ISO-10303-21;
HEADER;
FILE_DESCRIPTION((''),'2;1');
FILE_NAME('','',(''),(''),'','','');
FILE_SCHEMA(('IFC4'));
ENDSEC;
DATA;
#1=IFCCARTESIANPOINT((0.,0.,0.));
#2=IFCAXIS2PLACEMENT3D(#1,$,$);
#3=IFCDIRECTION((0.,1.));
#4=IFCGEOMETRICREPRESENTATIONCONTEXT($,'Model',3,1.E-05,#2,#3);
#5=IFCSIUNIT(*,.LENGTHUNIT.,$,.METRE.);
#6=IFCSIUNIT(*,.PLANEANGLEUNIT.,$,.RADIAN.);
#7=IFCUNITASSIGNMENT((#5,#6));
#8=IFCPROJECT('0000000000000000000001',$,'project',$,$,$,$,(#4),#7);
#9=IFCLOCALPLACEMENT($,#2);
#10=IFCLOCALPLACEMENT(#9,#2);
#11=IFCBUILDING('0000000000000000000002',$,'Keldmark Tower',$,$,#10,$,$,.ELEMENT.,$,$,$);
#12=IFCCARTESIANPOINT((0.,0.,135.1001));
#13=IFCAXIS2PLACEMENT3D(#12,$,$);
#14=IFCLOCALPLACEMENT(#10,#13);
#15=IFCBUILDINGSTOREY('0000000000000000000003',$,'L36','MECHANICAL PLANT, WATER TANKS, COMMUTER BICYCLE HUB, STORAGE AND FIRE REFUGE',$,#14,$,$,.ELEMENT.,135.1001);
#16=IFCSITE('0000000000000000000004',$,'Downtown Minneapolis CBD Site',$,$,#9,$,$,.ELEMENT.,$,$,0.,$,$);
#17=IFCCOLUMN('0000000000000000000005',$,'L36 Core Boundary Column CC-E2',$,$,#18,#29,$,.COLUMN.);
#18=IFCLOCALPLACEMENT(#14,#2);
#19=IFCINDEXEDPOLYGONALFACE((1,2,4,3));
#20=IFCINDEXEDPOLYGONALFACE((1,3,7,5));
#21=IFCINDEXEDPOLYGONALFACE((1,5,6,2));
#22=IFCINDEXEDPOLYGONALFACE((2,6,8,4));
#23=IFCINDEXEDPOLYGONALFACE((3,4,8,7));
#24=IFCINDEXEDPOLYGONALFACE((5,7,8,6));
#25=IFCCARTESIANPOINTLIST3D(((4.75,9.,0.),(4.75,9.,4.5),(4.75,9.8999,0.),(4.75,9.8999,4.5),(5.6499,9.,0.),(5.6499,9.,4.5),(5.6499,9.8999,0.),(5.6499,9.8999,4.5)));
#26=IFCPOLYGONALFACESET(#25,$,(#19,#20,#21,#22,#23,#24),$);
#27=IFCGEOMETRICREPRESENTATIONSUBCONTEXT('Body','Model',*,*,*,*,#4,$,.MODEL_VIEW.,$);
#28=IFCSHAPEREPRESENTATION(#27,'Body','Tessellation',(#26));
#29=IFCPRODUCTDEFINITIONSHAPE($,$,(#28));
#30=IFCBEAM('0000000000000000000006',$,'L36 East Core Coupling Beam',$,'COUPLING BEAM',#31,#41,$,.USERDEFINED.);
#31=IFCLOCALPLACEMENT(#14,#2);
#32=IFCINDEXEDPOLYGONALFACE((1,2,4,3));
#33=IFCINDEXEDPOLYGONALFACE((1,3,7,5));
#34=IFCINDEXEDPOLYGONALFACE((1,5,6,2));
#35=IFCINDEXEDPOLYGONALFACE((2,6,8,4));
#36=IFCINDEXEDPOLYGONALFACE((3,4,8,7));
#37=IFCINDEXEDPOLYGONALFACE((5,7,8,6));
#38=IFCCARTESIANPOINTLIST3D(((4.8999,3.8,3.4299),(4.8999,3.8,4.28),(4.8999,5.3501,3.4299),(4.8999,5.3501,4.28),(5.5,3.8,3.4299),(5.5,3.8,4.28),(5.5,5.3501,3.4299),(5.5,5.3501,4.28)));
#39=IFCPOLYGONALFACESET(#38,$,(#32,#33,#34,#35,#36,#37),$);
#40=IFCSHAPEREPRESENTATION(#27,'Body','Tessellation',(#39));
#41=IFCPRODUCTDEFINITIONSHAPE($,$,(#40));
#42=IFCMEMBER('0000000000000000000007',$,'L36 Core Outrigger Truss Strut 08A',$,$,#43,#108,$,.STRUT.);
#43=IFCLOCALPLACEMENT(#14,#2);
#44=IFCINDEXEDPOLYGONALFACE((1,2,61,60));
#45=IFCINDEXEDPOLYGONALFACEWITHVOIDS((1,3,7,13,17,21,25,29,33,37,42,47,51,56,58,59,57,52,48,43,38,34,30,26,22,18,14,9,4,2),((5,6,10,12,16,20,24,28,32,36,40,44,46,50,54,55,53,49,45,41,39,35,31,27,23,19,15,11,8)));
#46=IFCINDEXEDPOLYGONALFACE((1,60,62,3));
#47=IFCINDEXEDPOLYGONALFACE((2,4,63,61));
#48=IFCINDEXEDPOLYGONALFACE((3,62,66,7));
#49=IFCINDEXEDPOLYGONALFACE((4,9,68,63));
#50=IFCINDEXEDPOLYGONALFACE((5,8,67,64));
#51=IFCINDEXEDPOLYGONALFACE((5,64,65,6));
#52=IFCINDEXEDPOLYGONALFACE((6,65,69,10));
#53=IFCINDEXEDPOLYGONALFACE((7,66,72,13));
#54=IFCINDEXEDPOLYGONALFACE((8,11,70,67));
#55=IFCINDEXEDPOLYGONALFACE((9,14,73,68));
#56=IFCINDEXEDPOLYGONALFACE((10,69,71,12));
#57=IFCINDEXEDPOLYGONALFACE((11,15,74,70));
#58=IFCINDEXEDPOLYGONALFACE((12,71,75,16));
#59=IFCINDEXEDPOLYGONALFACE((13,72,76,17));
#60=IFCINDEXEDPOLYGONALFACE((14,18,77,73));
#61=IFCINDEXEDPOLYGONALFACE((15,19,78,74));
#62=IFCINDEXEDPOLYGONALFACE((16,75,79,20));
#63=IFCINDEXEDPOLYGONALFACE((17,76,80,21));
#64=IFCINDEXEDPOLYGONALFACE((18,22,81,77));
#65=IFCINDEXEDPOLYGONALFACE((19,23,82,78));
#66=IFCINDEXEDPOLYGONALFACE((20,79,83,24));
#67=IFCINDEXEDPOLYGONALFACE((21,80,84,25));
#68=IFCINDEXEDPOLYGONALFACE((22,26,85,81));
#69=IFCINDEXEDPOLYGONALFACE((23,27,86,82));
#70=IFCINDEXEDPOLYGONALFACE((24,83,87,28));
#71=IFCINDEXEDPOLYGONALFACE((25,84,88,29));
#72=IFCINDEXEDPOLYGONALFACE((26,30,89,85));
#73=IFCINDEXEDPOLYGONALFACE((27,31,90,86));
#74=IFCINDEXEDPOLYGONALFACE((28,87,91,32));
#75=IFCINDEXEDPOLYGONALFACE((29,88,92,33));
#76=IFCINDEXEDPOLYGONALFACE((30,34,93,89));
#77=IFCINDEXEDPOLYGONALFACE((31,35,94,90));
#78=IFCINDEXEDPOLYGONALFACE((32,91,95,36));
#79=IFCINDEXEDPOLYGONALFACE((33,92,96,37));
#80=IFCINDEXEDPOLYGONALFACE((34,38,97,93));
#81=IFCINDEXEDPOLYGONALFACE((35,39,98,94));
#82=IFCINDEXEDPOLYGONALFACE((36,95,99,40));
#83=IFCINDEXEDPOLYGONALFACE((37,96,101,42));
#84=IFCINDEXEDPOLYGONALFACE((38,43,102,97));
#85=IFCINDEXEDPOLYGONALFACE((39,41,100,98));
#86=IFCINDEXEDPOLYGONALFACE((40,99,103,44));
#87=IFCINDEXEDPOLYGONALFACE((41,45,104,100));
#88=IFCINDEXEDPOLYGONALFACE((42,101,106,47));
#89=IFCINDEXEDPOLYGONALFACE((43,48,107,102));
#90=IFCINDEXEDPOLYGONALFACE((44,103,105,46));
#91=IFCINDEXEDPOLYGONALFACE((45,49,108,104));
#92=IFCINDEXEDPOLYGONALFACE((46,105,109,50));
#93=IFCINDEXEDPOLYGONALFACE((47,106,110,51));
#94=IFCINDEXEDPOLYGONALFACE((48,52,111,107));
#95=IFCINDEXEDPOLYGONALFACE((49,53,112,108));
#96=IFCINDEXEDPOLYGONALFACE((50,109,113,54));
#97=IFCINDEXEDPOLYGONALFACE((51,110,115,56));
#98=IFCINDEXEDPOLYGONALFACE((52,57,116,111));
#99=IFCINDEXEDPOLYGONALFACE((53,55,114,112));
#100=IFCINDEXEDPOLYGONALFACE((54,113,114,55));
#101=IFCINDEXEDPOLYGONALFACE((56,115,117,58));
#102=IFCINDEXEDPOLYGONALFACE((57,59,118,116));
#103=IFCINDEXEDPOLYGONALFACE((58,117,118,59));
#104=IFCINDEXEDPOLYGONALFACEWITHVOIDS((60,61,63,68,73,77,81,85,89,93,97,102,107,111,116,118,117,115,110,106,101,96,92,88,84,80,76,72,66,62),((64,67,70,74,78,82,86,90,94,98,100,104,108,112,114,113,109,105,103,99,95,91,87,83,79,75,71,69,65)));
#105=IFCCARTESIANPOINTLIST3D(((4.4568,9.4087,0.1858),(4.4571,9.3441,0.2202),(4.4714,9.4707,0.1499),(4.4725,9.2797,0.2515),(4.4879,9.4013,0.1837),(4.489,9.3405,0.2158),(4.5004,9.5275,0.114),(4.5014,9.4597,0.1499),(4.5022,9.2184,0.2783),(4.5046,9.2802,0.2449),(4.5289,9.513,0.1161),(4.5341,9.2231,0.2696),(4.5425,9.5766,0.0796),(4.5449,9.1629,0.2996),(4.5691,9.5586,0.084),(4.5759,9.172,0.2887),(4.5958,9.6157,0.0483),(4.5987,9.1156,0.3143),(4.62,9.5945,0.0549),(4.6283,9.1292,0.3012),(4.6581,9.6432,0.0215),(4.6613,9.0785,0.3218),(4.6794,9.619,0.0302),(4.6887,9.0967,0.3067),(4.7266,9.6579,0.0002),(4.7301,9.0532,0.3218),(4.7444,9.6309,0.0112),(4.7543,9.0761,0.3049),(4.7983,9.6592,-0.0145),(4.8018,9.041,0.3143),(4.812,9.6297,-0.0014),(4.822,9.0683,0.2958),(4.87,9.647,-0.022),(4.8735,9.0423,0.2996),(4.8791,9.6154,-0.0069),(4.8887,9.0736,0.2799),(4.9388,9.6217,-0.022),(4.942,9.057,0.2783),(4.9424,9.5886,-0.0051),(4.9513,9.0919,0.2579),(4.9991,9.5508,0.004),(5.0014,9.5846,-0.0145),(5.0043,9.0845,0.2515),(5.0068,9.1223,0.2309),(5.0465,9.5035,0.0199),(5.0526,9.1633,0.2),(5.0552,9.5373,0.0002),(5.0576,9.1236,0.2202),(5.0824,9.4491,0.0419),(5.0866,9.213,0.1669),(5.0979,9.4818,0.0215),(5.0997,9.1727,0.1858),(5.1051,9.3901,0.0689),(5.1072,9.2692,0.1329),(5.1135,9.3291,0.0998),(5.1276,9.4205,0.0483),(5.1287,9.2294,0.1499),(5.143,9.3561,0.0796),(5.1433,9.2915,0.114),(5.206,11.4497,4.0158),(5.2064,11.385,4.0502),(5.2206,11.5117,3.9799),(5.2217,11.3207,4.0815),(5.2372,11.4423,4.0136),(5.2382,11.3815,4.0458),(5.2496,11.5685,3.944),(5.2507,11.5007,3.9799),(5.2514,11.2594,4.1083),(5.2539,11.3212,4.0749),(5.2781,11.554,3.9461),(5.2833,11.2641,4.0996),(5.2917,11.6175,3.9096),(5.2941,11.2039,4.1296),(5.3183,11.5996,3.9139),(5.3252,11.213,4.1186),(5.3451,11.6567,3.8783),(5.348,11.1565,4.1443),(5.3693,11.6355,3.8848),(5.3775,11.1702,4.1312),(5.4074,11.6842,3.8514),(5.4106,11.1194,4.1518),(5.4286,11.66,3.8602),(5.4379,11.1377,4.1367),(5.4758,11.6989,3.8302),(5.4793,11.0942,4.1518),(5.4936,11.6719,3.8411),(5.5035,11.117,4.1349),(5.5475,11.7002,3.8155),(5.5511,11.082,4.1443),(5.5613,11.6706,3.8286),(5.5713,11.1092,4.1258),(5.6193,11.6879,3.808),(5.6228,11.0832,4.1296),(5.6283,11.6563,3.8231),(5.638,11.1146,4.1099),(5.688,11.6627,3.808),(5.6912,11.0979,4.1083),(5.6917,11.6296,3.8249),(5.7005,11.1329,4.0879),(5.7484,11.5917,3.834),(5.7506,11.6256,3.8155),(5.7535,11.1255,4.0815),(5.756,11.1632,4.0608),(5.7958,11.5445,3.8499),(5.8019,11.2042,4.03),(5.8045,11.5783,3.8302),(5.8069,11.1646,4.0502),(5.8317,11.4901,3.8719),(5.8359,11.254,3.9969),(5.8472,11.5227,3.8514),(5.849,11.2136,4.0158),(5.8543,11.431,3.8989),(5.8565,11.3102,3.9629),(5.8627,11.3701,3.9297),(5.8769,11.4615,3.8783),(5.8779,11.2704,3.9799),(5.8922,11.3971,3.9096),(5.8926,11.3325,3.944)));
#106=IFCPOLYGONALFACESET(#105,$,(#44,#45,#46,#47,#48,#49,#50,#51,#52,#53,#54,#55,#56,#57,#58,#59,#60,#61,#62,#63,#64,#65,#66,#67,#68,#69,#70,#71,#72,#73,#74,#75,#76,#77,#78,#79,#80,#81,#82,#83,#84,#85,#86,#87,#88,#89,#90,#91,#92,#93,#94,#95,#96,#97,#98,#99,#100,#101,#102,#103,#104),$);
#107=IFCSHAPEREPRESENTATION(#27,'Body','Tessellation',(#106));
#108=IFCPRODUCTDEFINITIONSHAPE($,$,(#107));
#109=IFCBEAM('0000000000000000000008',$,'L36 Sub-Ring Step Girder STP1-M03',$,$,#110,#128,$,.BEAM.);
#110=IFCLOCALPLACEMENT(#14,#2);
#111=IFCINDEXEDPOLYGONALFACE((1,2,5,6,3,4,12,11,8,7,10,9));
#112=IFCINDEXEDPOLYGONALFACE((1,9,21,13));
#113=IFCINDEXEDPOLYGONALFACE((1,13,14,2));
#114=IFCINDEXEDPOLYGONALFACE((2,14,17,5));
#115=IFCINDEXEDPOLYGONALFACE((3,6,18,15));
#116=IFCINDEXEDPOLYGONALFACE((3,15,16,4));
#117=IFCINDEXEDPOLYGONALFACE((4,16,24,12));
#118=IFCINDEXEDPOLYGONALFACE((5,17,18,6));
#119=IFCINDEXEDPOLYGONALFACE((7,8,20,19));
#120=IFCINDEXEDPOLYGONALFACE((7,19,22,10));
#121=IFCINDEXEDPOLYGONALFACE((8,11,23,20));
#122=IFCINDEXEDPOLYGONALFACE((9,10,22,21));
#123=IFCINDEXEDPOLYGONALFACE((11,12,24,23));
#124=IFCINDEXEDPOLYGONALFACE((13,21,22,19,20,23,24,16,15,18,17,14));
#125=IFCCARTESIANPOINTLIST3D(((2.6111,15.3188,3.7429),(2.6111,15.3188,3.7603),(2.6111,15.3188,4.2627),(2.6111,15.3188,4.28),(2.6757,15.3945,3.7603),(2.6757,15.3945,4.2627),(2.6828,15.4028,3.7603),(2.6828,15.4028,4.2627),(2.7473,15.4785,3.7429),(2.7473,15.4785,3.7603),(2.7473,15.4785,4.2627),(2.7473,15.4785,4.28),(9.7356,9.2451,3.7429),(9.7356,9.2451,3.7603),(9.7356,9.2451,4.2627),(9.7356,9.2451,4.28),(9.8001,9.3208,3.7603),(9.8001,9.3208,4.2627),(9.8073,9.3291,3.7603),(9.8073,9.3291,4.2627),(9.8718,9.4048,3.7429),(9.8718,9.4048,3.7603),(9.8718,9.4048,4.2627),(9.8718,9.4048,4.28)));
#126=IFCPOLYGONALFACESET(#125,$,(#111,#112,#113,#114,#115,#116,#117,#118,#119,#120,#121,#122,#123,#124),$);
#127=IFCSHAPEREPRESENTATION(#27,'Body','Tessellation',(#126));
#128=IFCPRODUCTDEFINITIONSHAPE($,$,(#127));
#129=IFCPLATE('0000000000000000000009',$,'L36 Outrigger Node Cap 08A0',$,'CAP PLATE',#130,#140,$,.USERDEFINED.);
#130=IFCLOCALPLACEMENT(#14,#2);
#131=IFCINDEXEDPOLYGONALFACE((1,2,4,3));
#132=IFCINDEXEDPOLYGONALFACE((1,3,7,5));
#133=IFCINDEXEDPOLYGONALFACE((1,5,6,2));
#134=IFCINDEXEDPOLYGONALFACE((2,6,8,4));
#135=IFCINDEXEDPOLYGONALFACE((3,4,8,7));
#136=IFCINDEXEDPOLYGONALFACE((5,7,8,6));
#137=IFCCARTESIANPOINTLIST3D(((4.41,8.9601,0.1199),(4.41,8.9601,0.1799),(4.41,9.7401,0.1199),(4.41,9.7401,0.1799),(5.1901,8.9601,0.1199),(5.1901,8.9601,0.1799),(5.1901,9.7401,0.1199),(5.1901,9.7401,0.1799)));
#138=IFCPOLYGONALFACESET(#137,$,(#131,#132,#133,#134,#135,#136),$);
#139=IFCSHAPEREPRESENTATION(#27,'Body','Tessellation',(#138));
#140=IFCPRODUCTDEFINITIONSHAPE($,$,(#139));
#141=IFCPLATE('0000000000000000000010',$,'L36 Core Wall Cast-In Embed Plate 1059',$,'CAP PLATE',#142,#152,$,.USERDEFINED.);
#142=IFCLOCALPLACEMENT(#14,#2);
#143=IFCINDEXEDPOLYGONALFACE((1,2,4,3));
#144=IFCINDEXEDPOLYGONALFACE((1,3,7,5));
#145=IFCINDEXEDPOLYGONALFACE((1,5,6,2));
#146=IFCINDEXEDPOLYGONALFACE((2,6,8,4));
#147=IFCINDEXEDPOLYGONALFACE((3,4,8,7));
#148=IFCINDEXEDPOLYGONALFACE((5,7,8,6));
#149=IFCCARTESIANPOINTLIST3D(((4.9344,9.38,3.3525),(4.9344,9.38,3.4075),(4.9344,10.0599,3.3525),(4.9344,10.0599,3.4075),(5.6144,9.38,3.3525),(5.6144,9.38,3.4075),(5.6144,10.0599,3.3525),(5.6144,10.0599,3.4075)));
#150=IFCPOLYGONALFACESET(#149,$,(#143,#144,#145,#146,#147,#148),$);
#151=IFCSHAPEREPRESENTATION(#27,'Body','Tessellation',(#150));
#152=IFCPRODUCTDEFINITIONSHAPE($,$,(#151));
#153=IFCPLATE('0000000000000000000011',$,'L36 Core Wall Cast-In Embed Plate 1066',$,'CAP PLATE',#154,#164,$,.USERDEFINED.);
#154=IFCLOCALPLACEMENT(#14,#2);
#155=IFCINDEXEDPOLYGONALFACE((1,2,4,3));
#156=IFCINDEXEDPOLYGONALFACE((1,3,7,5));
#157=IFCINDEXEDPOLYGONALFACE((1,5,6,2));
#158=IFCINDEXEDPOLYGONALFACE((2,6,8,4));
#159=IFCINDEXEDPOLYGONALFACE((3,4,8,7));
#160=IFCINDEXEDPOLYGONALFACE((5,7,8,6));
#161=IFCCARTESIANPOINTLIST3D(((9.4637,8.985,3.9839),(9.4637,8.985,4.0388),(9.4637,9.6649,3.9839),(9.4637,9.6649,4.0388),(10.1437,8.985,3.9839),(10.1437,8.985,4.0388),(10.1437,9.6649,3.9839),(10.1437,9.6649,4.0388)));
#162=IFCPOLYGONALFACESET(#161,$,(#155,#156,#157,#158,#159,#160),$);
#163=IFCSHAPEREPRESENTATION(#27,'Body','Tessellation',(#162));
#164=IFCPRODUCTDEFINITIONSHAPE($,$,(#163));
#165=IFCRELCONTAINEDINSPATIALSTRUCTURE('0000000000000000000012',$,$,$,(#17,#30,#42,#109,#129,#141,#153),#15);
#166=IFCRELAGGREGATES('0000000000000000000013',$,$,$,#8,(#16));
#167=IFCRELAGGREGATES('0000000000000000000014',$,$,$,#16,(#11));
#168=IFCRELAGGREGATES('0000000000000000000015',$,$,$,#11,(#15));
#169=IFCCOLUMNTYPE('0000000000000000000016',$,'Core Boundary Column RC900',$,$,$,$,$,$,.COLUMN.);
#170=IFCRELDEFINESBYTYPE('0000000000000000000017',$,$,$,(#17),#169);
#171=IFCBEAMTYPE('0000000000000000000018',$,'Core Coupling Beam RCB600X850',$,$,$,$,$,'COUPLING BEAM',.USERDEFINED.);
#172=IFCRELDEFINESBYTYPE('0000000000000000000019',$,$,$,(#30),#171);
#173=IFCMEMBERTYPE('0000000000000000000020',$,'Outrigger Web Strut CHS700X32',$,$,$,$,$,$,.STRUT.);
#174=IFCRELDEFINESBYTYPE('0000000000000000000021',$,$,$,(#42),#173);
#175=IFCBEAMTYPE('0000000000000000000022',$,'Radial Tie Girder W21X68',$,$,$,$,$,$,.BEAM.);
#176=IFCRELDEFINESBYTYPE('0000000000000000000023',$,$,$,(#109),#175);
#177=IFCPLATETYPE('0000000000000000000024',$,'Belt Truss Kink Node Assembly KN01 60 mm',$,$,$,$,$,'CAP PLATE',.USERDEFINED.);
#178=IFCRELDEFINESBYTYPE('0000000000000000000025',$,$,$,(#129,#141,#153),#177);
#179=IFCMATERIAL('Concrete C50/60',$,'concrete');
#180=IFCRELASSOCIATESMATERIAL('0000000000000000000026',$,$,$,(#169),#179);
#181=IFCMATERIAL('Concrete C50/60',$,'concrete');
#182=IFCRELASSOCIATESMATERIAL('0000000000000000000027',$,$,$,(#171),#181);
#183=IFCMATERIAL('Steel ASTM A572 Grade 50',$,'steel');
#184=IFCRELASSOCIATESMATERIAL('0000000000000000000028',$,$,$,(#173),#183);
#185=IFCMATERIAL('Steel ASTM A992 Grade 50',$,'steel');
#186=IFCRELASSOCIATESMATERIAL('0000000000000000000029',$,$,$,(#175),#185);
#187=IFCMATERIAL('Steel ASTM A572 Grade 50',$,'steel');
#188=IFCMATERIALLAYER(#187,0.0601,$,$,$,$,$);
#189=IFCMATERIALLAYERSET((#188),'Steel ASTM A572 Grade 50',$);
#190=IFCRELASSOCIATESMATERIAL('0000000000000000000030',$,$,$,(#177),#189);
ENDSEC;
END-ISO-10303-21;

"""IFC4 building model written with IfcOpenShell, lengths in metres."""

from ifc_helpers import new_model, si_unit, direction, frame, origin, origin_2d, place, context, subcontext, project, spatial, rectangle, hollow_circle, i_section, extrude, material, layer, layer_set, material_profile, profile_set, type_object, element, save


model = new_model("IFC4")

# Units and contexts
model_context = context("Model", 3, precision=1e-05, world=origin(), true_north=direction((0.0, 1.0)))
body_context = subcontext(model_context, "Body", "Model", "MODEL_VIEW")
ifc_project = project(units=[si_unit("LENGTHUNIT", "METRE"), si_unit("PLANEANGLEUNIT", "RADIAN")], contexts=[model_context])

# Site, building, storey
site_placement = place(None, origin())
site = spatial("IfcSite", under=ifc_project, at=site_placement, Name="Downtown Minneapolis CBD Site", CompositionType="ELEMENT", RefElevation=0.0)
building_placement = place(site_placement, origin())
building = spatial("IfcBuilding", under=site, at=building_placement, Name="Keldmark Tower", CompositionType="ELEMENT")
storey_placement = place(building_placement, frame((0.0, 0.0, 135.1001)))
storey = spatial("IfcBuildingStorey", under=building, at=storey_placement, Name="L36", Description="MECHANICAL PLANT, WATER TANKS, COMMUTER BICYCLE HUB, STORAGE AND FIRE REFUGE", CompositionType="ELEMENT", Elevation=135.1001)

# Column
ifc_material_1 = material(Name="Concrete C50/60", Category="concrete")
ifc_material_profile_1 = material_profile(ifc_material_1, rectangle(XDim=0.8999, YDim=0.8999, at=origin_2d()), Name="RC900X900")
ifc_profile_set_1 = profile_set([ifc_material_profile_1], Name="Concrete C50/60")
column_type = type_object("IfcColumnType", Name="Core Boundary Column RC900", PredefinedType="COLUMN", material=ifc_profile_set_1)
column_placement = place(storey_placement, frame((5.2, 9.45, 0.0), z_axis=(0.0, 0.0, 1.0), x_axis=(1.0, 0.0, 0.0)))
element("IfcColumn", 1, at=column_placement, inside=storey, type_object=column_type, Name="L36 Core Boundary Column CC-E2", PredefinedType="COLUMN", context=body_context, shape_type="SweptSolid", body=[
    extrude(rectangle(XDim=0.8999, YDim=0.8999, at=origin_2d()), origin(), (0.0, 0.0, 1.0), 4.5),
])

# Beam
ifc_material_2 = material(Name="Concrete C50/60", Category="concrete")
ifc_material_profile_2 = material_profile(ifc_material_2, rectangle(XDim=0.6001, YDim=0.8501, at=origin_2d()), Name="RCB600X850")
ifc_profile_set_2 = profile_set([ifc_material_profile_2], Name="Concrete C50/60")
beam_type_1 = type_object("IfcBeamType", Name="Core Coupling Beam RCB600X850", ElementType="COUPLING BEAM", PredefinedType="USERDEFINED", material=ifc_profile_set_2)
beam_1_placement = place(storey_placement, frame((5.2, 3.8, 3.855), z_axis=(0.0, 1.0, 0.0), x_axis=(-1.0, 0.0, 0.0)))
element("IfcBeam", 2, at=beam_1_placement, inside=storey, type_object=beam_type_1, Name="L36 East Core Coupling Beam", ObjectType="COUPLING BEAM", PredefinedType="USERDEFINED", context=body_context, shape_type="SweptSolid", body=[
    extrude(rectangle(XDim=0.6001, YDim=0.8501, at=origin_2d()), origin(), (0.0, 0.0, 1.0), 1.55),
])

# Member
ifc_material_3 = material(Name="Steel ASTM A572 Grade 50", Category="steel")
ifc_material_profile_3 = material_profile(ifc_material_3, hollow_circle(Radius=0.3501, WallThickness=0.032, at=origin_2d()), Name="CHS700X32")
ifc_profile_set_3 = profile_set([ifc_material_profile_3], Name="Steel ASTM A572 Grade 50")
member_type = type_object("IfcMemberType", Name="Outrigger Web Strut CHS700X32", PredefinedType="STRUT", material=ifc_profile_set_3)
member_placement = place(storey_placement, frame((4.8, 9.3501, 0.1499), z_axis=(0.170127, 0.463429, 0.86965), x_axis=(-0.938743, 0.344618, 0.0)))
element("IfcMember", 3, at=member_placement, inside=storey, type_object=member_type, Name="L36 Core Outrigger Truss Strut 08A", PredefinedType="STRUT", context=body_context, shape_type="SweptSolid", body=[
    extrude(hollow_circle(Radius=0.3501, WallThickness=0.032, at=origin_2d()), origin(), (0.0, 0.0, 1.0), 4.4041),
])

# Beam
ifc_material_4 = material(Name="Steel ASTM A992 Grade 50", Category="steel")
ifc_material_profile_4 = material_profile(ifc_material_4, i_section(OverallWidth=0.21, OverallDepth=0.5371, WebThickness=0.011, FlangeThickness=0.0173, at=origin_2d()), Name="W21X68")
ifc_profile_set_4 = profile_set([ifc_material_profile_4], Name="Steel ASTM A992 Grade 50")
beam_type_2 = type_object("IfcBeamType", Name="Radial Tie Girder W21X68", PredefinedType="BEAM", material=ifc_profile_set_4)
beam_2_placement = place(storey_placement, frame((9.8037, 9.325, 4.0115), z_axis=(-0.760995, 0.648757, 0.0), x_axis=(-0.648757, -0.760995, 0.0)))
element("IfcBeam", 4, at=beam_2_placement, inside=storey, type_object=beam_type_2, Name="L36 Sub-Ring Step Girder STP1-M03", PredefinedType="BEAM", context=body_context, shape_type="SweptSolid", body=[
    extrude(i_section(OverallWidth=0.21, OverallDepth=0.5371, WebThickness=0.011, FlangeThickness=0.0173, at=origin_2d()), origin(), (0.0, 0.0, 1.0), 9.3621),
])

# Plates
ifc_material_5 = material(Name="Steel ASTM A572 Grade 50", Category="steel")
ifc_layer_1 = layer(ifc_material_5, 0.0601)
ifc_layer_set_1 = layer_set([ifc_layer_1], Name="Steel ASTM A572 Grade 50")
plate_type = type_object("IfcPlateType", Name="Belt Truss Kink Node Assembly KN01 60 mm", ElementType="CAP PLATE", PredefinedType="USERDEFINED", material=ifc_layer_set_1)
plate_placement = place(storey_placement, frame((4.8, 9.3501, 0.1199), z_axis=(0.0, 0.0, 1.0), x_axis=(1.0, 0.0, 0.0)))
element("IfcPlate", 5, at=plate_placement, inside=storey, type_object=plate_type, Name="L36 Outrigger Node Cap 08A0", ObjectType="CAP PLATE", PredefinedType="USERDEFINED", context=body_context, shape_type="SweptSolid", body=[
    extrude(rectangle(XDim=0.78, YDim=0.78, at=origin_2d()), origin(), (0.0, 0.0, 1.0), 0.0601),
])
for number, where, z_axis, x_axis, name in (
    (6, (5.2744, 9.72, 3.3525), (0.0, 0.0, 1.0), (1.0, 0.0, 0.0), "L36 Core Wall Cast-In Embed Plate 1059"),
    (7, (9.8037, 9.325, 3.9839), (0.0, 0.0, 1.0), (1.0, 0.0, 0.0), "L36 Core Wall Cast-In Embed Plate 1066"),
):
    element("IfcPlate", number, at=place(storey_placement, frame(where, z_axis=z_axis, x_axis=x_axis)), inside=storey, type_object=plate_type, Name=name, ObjectType="CAP PLATE", PredefinedType="USERDEFINED", context=body_context, shape_type="SweptSolid", body=[
        extrude(rectangle(XDim=0.6799, YDim=0.6799, at=origin_2d()), origin(), (0.0, 0.0, 1.0), 0.0549),
    ])

save(model, "model.ifc")
